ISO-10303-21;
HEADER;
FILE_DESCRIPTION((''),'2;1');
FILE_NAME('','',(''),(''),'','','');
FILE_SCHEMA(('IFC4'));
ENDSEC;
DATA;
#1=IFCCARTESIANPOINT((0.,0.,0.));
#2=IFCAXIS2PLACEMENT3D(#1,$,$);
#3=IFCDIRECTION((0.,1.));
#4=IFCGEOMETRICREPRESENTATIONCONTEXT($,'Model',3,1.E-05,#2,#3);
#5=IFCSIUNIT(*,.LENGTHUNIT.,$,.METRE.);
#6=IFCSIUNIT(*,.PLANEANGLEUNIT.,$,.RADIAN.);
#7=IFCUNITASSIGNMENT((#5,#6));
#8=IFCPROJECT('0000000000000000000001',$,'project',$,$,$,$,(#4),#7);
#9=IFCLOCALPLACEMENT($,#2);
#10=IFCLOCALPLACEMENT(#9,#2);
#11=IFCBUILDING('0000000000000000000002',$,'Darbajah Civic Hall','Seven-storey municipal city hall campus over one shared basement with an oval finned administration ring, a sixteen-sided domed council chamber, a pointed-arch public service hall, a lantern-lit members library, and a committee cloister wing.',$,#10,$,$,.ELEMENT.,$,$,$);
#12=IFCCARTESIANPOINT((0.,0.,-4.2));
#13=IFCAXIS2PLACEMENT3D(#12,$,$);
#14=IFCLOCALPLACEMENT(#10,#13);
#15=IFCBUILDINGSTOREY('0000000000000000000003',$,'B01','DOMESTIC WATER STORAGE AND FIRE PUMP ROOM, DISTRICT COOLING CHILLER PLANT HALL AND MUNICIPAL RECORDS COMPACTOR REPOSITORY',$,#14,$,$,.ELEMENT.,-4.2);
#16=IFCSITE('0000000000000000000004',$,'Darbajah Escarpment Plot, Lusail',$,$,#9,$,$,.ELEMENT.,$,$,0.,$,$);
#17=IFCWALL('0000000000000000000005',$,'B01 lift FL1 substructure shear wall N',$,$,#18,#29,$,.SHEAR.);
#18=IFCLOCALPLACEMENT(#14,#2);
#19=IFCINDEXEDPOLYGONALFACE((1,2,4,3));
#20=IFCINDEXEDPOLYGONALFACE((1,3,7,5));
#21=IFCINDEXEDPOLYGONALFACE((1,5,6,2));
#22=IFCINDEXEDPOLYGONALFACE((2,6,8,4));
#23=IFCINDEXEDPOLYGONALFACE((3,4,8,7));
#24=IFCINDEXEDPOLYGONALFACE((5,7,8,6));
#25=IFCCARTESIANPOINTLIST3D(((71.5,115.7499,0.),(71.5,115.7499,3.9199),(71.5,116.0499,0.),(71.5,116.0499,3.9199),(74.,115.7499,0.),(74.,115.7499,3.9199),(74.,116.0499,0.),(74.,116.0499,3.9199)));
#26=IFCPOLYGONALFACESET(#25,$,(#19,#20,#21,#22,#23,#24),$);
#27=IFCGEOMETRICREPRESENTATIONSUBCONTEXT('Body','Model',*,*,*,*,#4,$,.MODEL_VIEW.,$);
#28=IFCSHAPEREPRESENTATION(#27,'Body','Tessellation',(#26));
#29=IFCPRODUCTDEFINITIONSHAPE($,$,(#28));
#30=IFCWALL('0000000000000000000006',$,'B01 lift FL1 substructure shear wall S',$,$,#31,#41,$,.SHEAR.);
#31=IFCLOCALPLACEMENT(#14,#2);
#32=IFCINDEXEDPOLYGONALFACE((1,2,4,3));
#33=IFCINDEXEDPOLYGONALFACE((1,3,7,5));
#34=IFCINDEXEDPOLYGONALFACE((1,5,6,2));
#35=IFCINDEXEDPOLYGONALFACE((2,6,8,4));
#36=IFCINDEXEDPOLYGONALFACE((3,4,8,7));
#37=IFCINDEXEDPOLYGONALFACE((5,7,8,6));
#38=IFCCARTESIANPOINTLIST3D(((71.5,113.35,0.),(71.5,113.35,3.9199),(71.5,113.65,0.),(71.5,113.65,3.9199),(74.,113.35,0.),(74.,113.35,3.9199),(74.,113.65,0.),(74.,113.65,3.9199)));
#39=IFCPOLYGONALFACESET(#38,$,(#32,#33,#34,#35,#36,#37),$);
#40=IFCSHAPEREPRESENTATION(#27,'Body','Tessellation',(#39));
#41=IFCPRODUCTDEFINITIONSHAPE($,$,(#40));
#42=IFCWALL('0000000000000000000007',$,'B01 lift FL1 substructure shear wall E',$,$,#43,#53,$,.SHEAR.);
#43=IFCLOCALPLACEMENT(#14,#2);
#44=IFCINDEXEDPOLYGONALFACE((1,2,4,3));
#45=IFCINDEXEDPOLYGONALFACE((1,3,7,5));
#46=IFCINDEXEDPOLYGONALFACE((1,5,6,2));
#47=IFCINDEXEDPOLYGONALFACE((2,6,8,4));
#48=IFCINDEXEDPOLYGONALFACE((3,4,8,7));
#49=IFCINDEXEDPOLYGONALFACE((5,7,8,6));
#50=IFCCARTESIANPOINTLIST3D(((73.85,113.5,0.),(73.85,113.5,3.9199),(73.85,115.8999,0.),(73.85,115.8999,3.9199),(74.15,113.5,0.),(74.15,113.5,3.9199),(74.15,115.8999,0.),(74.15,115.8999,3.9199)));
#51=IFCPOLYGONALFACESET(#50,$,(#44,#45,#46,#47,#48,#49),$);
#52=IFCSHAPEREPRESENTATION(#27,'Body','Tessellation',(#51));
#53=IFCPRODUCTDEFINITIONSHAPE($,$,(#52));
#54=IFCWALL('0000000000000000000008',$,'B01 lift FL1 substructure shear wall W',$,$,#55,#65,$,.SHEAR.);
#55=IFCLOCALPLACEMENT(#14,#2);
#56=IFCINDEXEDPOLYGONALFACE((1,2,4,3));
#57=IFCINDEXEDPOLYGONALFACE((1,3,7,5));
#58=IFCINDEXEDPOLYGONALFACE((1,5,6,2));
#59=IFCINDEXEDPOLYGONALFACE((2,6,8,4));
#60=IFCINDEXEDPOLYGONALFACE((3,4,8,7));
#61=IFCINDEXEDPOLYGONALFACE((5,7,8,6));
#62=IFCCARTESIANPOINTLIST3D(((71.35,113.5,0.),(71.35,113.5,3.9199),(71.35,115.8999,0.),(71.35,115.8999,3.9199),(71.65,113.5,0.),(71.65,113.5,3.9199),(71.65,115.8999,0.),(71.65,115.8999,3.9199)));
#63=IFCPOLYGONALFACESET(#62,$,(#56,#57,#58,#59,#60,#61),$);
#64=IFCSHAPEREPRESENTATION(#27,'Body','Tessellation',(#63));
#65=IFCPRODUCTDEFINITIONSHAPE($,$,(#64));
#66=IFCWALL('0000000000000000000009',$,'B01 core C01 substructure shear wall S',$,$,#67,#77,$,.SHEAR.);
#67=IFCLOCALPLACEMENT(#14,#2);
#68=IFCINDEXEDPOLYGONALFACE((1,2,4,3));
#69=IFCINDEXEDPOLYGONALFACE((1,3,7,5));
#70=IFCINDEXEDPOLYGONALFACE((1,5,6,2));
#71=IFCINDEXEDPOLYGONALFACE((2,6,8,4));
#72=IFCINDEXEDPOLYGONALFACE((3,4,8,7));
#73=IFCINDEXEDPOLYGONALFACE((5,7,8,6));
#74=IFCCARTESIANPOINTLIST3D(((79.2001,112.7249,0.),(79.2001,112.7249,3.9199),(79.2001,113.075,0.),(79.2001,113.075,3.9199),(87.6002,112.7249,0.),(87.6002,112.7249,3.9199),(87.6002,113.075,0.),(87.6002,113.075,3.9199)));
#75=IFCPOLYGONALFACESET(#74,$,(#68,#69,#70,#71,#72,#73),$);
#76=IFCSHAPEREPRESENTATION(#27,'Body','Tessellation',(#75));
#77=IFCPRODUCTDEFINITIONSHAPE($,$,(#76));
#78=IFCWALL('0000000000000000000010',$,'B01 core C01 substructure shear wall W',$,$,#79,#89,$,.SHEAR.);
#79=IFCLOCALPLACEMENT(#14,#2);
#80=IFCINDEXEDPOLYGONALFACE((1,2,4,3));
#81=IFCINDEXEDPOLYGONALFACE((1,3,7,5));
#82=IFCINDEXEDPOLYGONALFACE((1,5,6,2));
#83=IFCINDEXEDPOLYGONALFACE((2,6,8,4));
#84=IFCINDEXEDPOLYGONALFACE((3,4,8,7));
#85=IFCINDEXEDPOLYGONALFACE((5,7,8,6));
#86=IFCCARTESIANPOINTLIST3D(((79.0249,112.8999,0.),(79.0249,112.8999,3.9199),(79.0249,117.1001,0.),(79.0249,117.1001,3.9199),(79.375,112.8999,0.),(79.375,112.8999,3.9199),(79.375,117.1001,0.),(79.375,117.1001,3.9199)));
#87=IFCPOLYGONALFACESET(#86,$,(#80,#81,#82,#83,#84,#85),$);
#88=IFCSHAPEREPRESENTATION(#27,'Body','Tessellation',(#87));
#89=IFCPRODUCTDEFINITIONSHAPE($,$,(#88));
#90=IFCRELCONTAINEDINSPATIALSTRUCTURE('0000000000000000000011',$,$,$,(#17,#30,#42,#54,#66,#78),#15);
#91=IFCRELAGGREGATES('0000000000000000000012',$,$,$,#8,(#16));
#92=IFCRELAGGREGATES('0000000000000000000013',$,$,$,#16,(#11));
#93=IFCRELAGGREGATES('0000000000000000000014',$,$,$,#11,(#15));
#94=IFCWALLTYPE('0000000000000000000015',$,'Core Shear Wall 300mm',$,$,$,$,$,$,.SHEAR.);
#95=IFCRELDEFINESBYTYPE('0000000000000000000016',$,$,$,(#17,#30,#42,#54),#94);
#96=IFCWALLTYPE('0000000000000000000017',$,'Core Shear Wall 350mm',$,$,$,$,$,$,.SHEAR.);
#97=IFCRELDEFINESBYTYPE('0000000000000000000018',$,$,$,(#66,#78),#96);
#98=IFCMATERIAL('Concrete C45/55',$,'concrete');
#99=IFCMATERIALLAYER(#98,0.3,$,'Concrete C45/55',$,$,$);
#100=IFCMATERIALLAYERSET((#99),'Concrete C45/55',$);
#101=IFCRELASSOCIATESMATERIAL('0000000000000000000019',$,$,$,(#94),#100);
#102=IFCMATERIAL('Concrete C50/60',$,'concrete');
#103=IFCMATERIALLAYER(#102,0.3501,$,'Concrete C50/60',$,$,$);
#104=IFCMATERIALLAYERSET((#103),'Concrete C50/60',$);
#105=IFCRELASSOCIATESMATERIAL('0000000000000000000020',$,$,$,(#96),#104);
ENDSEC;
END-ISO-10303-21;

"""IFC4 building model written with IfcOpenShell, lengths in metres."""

from ifc_helpers import new_model, si_unit, direction, frame, frame_2d, origin, place, context, subcontext, project, spatial, rectangle, extrude, material, layer, layer_set, type_object, element, save


model = new_model("IFC4")

# Units and contexts
model_context = context("Model", 3, precision=1e-05, world=origin(), true_north=direction((0.0, 1.0)))
body_context = subcontext(model_context, "Body", "Model", "MODEL_VIEW")
ifc_project = project(units=[si_unit("LENGTHUNIT", "METRE"), si_unit("PLANEANGLEUNIT", "RADIAN")], contexts=[model_context])

# Site, building, storey
site_placement = place(None, origin())
site = spatial("IfcSite", under=ifc_project, at=site_placement, Name="Darbajah Escarpment Plot, Lusail", CompositionType="ELEMENT", RefElevation=0.0)
building_placement = place(site_placement, origin())
building = spatial("IfcBuilding", under=site, at=building_placement, Name="Darbajah Civic Hall", Description="Seven-storey municipal city hall campus over one shared basement with an oval finned administration ring, a sixteen-sided domed council chamber, a pointed-arch public service hall, a lantern-lit members library, and a committee cloister wing.", CompositionType="ELEMENT")
storey_placement = place(building_placement, frame((0.0, 0.0, -4.2)))
storey = spatial("IfcBuildingStorey", under=building, at=storey_placement, Name="B01", Description="DOMESTIC WATER STORAGE AND FIRE PUMP ROOM, DISTRICT COOLING CHILLER PLANT HALL AND MUNICIPAL RECORDS COMPACTOR REPOSITORY", CompositionType="ELEMENT", Elevation=-4.2)

# Shared definitions
ifc_material_1 = material(Name="Concrete C45/55", Category="concrete")

# Shared definitions
ifc_material_2 = material(Name="Concrete C50/60", Category="concrete")

# Walls
ifc_layer_1 = layer(ifc_material_1, 0.3, Name="Concrete C45/55")
ifc_layer_set_1 = layer_set([ifc_layer_1], Name="Concrete C45/55")
wall_type_1 = type_object("IfcWallType", Name="Core Shear Wall 300mm", PredefinedType="SHEAR", material=ifc_layer_set_1)
for number, where, z_axis, x_axis, name in (
    (1, (74.0, 115.8999, 0.0), (0.0, 0.0, 1.0), (-1.0, 0.0, 0.0), "B01 lift FL1 substructure shear wall N"),
    (2, (71.5, 113.5, 0.0), (0.0, 0.0, 1.0), (1.0, 0.0, 0.0), "B01 lift FL1 substructure shear wall S"),
):
    element("IfcWall", number, at=place(storey_placement, frame(where, z_axis=z_axis, x_axis=x_axis)), inside=storey, type_object=wall_type_1, Name=name, PredefinedType="SHEAR", context=body_context, shape_type="SweptSolid", body=[
        extrude(rectangle(XDim=2.5, YDim=0.3, at=frame_2d((1.25, 0.0))), origin(), (0.0, 0.0, 1.0), 3.9199),
    ])
for number, where, z_axis, x_axis, name in (
    (3, (74.0, 113.5, 0.0), (0.0, 0.0, 1.0), (0.0, 1.0, 0.0), "B01 lift FL1 substructure shear wall E"),
    (4, (71.5, 115.8999, 0.0), (0.0, 0.0, 1.0), (0.0, -1.0, 0.0), "B01 lift FL1 substructure shear wall W"),
):
    element("IfcWall", number, at=place(storey_placement, frame(where, z_axis=z_axis, x_axis=x_axis)), inside=storey, type_object=wall_type_1, Name=name, PredefinedType="SHEAR", context=body_context, shape_type="SweptSolid", body=[
        extrude(rectangle(XDim=2.3999, YDim=0.3, at=frame_2d((1.2, 0.0))), origin(), (0.0, 0.0, 1.0), 3.9199),
    ])
ifc_layer_2 = layer(ifc_material_2, 0.3501, Name="Concrete C50/60")
ifc_layer_set_2 = layer_set([ifc_layer_2], Name="Concrete C50/60")
wall_type_2 = type_object("IfcWallType", Name="Core Shear Wall 350mm", PredefinedType="SHEAR", material=ifc_layer_set_2)
wall_1_placement = place(storey_placement, frame((79.2, 112.8999, 0.0), z_axis=(0.0, 0.0, 1.0), x_axis=(1.0, 0.0, 0.0)))
element("IfcWall", 5, at=wall_1_placement, inside=storey, type_object=wall_type_2, Name="B01 core C01 substructure shear wall S", PredefinedType="SHEAR", context=body_context, shape_type="SweptSolid", body=[
    extrude(rectangle(XDim=8.4001, YDim=0.3501, at=frame_2d((4.2002, 0.0))), origin(), (0.0, 0.0, 1.0), 3.9199),
])
wall_2_placement = place(storey_placement, frame((79.2, 117.1001, 0.0), z_axis=(0.0, 0.0, 1.0), x_axis=(0.0, -1.0, 0.0)))
element("IfcWall", 6, at=wall_2_placement, inside=storey, type_object=wall_type_2, Name="B01 core C01 substructure shear wall W", PredefinedType="SHEAR", context=body_context, shape_type="SweptSolid", body=[
    extrude(rectangle(XDim=4.2002, YDim=0.3501, at=frame_2d((2.1001, 0.0))), origin(), (0.0, 0.0, 1.0), 3.9199),
])

save(model, "model.ifc")
